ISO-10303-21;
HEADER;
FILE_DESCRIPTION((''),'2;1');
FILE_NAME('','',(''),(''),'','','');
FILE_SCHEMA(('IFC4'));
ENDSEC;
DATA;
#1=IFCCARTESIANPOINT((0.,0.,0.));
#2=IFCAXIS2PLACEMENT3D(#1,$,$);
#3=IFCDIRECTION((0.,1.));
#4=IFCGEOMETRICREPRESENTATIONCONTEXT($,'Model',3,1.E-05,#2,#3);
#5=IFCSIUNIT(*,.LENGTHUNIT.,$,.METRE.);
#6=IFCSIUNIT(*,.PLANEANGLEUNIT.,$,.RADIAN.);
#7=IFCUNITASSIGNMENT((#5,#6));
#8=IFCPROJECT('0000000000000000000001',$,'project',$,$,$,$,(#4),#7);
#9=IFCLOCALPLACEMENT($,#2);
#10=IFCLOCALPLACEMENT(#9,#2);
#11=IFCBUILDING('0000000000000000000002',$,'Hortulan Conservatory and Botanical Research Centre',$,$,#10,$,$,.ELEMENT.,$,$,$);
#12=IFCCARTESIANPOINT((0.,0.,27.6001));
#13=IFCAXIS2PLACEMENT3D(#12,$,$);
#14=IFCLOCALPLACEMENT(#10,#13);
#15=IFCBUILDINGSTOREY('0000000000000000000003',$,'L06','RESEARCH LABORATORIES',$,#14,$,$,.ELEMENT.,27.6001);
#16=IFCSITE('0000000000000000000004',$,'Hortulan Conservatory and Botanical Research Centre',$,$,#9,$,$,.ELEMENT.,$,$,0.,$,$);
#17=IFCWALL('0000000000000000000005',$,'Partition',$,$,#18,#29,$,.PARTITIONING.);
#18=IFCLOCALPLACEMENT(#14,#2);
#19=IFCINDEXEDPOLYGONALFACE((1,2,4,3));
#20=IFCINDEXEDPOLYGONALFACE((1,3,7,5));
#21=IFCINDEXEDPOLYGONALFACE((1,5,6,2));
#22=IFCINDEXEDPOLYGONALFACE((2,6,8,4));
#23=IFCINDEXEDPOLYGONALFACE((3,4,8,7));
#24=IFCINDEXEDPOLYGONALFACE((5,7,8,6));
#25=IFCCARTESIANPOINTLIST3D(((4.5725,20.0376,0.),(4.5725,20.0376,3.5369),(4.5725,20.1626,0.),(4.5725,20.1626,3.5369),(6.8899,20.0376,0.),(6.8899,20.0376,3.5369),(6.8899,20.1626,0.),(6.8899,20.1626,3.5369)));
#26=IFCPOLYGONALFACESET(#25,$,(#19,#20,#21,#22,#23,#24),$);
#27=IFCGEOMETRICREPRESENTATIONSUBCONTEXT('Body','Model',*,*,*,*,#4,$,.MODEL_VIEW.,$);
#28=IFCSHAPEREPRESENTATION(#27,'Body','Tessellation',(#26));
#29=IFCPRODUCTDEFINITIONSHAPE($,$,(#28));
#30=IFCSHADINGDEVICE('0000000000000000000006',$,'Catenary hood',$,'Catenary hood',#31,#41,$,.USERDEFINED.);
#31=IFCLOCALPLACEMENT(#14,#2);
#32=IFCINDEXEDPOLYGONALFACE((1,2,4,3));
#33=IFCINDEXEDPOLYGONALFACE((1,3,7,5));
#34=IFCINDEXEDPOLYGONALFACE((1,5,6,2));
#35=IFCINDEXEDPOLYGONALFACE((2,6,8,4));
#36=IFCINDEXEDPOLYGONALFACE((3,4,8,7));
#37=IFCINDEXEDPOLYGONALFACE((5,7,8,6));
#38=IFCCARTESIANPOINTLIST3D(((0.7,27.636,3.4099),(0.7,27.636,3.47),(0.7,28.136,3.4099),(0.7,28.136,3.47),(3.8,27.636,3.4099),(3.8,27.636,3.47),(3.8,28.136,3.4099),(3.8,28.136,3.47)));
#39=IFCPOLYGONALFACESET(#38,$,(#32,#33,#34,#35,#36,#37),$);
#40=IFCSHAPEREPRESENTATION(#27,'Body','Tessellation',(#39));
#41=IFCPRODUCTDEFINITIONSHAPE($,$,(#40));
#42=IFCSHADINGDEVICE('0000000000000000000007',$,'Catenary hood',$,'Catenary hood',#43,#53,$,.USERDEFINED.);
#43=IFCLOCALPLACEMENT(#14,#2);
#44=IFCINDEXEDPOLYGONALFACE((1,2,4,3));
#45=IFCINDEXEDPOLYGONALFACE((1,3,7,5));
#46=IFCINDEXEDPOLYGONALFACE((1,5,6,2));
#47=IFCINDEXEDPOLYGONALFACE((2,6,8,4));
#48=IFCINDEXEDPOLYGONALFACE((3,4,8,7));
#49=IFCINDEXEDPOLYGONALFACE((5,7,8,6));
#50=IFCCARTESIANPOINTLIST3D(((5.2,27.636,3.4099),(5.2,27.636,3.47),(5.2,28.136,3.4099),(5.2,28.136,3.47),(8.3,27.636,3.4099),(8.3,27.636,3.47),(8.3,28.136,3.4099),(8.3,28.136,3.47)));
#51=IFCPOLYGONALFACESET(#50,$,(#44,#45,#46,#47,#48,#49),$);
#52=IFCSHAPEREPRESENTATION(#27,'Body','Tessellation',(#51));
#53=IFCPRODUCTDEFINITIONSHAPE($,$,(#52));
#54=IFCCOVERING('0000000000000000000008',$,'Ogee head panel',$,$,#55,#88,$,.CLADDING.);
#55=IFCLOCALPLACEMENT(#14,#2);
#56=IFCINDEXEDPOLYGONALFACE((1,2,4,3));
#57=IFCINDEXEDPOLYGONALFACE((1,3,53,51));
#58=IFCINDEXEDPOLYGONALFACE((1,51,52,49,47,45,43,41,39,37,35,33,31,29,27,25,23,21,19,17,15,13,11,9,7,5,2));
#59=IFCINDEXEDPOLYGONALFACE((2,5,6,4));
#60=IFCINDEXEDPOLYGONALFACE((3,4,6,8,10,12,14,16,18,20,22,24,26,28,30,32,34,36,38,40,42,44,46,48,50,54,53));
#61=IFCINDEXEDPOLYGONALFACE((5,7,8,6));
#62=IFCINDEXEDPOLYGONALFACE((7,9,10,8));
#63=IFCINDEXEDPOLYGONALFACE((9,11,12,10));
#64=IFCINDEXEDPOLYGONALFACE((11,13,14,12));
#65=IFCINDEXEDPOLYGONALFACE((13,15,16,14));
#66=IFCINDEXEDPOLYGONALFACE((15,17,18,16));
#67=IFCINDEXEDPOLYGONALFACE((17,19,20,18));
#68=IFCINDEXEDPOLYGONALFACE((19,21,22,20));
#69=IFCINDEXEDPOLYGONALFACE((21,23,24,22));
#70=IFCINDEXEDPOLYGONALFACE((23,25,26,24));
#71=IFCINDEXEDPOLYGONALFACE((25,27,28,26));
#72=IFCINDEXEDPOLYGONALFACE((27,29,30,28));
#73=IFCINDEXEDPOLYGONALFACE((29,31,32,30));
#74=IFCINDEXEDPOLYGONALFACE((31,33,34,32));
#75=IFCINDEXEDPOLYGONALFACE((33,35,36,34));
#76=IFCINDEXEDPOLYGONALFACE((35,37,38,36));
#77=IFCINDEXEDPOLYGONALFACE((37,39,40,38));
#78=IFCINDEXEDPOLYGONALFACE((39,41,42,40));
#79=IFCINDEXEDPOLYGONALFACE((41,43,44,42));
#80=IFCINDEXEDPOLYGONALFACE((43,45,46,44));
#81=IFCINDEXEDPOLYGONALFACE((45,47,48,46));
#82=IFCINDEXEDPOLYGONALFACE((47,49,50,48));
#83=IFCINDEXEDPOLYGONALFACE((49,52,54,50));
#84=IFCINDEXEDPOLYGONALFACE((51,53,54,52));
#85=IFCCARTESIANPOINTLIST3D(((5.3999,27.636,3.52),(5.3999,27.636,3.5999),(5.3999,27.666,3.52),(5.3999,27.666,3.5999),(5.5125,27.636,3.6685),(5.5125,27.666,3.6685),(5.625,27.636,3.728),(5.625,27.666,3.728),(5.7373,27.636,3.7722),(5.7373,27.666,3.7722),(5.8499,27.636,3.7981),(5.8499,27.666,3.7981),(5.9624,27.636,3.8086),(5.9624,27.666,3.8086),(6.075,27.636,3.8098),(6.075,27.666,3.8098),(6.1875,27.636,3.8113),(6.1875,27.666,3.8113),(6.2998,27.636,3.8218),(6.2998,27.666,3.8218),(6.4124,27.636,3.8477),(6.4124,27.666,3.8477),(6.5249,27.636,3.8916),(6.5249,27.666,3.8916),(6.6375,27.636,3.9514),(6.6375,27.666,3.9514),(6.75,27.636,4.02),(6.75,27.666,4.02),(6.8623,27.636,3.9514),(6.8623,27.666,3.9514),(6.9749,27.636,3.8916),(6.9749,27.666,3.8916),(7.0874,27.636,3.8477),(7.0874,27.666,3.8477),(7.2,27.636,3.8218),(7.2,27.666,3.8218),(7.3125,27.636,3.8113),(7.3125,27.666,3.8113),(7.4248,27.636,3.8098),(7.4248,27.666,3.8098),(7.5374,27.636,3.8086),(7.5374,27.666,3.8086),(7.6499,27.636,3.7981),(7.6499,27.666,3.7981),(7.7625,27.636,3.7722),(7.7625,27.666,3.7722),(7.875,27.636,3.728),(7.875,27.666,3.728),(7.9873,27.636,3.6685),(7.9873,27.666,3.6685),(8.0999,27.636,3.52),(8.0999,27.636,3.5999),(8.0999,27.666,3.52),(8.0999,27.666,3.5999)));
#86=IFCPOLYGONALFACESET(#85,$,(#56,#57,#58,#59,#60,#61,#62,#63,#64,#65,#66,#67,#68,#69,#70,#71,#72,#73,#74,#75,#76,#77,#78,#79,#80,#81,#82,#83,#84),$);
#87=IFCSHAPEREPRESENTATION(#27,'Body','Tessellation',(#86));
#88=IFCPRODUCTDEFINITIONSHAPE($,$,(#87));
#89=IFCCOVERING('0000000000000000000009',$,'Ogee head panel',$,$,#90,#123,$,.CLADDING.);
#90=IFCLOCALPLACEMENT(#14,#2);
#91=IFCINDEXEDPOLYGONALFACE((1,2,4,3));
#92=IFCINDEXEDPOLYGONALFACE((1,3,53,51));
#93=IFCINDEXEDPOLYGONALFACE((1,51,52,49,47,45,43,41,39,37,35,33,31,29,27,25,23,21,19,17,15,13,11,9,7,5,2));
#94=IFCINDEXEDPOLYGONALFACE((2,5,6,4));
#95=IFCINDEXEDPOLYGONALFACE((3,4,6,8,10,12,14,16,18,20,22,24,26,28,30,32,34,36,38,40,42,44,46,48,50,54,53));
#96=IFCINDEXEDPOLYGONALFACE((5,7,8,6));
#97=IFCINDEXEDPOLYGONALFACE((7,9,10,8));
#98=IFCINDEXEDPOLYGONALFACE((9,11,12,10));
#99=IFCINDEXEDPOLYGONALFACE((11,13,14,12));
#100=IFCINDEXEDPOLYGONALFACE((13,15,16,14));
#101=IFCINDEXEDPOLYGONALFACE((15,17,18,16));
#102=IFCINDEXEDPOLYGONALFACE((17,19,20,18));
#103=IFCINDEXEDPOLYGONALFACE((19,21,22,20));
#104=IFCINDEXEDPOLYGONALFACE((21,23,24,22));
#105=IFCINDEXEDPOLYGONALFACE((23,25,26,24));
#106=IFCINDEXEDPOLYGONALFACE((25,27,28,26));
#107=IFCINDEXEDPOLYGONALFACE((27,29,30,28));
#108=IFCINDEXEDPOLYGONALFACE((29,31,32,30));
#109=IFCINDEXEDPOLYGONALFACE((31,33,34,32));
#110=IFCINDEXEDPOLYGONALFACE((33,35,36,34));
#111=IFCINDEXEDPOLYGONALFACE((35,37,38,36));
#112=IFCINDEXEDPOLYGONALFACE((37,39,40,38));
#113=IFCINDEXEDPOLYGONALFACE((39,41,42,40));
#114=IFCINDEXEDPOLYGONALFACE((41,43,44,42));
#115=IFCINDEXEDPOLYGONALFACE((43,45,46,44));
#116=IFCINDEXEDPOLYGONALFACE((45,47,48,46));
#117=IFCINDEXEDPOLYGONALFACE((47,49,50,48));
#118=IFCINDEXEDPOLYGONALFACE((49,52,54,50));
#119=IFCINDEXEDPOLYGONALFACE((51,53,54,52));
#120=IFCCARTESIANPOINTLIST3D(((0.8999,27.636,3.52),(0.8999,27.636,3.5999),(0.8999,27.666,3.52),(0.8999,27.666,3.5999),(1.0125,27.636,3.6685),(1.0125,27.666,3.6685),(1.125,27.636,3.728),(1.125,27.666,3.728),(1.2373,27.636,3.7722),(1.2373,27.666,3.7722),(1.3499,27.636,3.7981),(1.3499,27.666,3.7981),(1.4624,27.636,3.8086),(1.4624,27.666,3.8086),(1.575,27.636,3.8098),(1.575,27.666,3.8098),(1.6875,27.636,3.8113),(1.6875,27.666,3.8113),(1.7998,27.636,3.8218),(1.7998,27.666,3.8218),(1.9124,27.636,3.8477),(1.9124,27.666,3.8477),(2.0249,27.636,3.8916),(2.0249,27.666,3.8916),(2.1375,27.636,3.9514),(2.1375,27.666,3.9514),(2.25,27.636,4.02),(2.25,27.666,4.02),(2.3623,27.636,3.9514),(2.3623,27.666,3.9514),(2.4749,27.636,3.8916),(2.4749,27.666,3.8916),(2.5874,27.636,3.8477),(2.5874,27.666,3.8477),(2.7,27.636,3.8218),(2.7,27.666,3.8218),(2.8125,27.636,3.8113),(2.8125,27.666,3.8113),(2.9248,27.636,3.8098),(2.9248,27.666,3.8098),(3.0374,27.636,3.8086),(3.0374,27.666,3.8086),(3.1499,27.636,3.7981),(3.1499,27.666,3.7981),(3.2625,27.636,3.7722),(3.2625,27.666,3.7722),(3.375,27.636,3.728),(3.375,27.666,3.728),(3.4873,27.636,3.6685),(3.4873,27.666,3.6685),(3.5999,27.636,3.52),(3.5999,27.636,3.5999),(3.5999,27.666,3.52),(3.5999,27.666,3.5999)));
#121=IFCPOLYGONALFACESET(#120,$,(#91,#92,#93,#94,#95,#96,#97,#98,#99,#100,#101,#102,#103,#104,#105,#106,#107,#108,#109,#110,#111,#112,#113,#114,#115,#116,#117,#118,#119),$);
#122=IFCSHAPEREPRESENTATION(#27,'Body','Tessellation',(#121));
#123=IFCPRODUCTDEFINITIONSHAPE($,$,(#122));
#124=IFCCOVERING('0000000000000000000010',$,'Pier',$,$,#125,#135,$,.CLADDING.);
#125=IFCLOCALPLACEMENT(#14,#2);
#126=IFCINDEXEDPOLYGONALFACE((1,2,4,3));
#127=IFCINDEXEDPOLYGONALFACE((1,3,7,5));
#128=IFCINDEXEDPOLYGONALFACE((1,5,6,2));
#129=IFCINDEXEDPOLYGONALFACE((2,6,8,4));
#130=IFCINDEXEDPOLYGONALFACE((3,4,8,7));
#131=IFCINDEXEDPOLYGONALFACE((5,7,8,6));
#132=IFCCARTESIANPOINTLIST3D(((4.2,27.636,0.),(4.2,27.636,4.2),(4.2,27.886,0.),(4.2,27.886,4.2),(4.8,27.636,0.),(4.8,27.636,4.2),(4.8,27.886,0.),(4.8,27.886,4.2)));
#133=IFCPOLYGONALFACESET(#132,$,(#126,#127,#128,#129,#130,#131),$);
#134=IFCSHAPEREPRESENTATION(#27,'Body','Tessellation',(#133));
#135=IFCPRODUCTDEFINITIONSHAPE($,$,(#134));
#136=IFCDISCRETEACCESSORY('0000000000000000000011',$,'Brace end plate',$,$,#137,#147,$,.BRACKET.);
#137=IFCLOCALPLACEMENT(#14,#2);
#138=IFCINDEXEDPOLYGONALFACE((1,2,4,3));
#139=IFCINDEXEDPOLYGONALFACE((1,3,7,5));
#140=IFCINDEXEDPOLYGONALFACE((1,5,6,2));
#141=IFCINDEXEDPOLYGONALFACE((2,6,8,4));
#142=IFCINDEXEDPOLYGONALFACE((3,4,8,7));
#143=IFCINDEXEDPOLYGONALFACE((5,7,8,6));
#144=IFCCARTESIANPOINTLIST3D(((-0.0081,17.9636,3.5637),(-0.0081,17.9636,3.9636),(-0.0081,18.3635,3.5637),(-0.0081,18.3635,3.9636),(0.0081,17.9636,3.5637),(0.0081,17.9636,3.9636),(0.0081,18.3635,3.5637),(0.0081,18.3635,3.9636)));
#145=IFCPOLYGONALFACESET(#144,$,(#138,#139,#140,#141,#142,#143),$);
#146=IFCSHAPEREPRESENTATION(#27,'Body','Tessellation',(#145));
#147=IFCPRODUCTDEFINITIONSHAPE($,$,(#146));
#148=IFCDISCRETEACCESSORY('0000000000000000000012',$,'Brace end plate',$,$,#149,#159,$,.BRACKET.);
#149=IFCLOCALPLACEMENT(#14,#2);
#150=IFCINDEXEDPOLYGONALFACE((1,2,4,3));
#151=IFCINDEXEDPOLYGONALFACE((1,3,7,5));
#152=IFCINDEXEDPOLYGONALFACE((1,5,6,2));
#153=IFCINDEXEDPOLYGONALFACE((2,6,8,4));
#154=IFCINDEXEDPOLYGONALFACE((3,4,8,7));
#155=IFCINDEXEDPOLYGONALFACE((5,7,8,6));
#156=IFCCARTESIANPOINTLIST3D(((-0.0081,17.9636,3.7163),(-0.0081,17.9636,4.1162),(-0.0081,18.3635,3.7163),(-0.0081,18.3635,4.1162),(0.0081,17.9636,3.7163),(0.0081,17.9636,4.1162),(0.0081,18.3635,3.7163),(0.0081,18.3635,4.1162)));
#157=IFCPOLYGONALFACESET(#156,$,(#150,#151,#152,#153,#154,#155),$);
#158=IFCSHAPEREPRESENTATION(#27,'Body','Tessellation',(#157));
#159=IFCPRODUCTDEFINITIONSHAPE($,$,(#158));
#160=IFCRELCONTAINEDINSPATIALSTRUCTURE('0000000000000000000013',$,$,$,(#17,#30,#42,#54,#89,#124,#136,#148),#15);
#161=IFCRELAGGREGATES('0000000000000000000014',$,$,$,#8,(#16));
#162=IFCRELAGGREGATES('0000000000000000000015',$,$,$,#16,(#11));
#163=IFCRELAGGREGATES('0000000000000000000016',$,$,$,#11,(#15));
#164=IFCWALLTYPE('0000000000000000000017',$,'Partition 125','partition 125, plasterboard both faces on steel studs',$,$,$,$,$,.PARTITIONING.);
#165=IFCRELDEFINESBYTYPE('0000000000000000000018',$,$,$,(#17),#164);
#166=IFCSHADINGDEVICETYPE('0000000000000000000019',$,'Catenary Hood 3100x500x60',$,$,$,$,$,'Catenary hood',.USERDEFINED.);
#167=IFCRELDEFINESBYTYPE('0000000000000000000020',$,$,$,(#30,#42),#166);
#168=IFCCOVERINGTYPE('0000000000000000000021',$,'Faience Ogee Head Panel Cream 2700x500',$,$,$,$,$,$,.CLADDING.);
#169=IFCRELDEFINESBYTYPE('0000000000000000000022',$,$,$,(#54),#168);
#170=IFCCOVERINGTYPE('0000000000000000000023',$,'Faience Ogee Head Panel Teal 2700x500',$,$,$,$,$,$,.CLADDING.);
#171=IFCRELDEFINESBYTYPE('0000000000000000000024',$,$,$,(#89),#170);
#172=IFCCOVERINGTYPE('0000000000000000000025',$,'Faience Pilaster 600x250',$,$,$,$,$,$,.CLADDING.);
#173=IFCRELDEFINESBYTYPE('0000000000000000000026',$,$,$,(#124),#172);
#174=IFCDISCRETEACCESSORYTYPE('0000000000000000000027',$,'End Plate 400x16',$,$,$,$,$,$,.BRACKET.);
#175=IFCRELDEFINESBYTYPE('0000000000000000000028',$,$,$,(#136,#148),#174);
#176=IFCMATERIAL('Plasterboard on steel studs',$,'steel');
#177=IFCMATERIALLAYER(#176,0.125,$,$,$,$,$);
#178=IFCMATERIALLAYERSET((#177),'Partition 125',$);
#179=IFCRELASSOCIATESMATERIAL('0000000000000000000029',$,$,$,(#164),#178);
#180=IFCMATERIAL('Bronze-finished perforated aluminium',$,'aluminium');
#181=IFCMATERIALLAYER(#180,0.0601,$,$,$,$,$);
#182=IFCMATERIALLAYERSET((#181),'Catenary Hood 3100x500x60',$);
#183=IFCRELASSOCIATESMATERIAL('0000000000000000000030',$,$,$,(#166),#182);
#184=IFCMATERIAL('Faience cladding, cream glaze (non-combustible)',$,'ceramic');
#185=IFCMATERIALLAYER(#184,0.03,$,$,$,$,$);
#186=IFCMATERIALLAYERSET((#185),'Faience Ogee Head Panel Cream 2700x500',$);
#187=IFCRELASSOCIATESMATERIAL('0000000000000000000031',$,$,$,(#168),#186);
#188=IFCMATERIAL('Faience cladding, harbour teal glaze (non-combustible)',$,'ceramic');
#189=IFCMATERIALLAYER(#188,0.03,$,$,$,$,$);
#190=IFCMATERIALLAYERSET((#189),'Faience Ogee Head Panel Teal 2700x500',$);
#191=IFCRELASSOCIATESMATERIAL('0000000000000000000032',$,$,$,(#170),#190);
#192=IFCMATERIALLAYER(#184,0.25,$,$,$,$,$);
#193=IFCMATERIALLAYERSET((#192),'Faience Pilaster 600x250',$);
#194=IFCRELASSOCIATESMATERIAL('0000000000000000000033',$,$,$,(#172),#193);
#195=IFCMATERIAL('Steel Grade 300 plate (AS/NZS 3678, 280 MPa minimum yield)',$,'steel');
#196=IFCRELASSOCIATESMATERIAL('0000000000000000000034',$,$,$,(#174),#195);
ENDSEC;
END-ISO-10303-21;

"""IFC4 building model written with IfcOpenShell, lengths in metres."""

from ifc_helpers import new_model, si_unit, direction, frame, frame_2d, origin, origin_2d, place, context, subcontext, project, spatial, polyline, rectangle, outline, extrude, material, layer, layer_set, type_object, element, save


model = new_model("IFC4")

# Units and contexts
model_context = context("Model", 3, precision=1e-05, world=origin(), true_north=direction((0.0, 1.0)))
body_context = subcontext(model_context, "Body", "Model", "MODEL_VIEW")
ifc_project = project(units=[si_unit("LENGTHUNIT", "METRE"), si_unit("PLANEANGLEUNIT", "RADIAN")], contexts=[model_context])

# Site, building, storey
site_placement = place(None, origin())
site = spatial("IfcSite", under=ifc_project, at=site_placement, Name="Hortulan Conservatory and Botanical Research Centre", CompositionType="ELEMENT", RefElevation=0.0)
building_placement = place(site_placement, origin())
building = spatial("IfcBuilding", under=site, at=building_placement, Name="Hortulan Conservatory and Botanical Research Centre", CompositionType="ELEMENT")
storey_placement = place(building_placement, frame((0.0, 0.0, 27.6001)))
storey = spatial("IfcBuildingStorey", under=building, at=storey_placement, Name="L06", Description="RESEARCH LABORATORIES", CompositionType="ELEMENT", Elevation=27.6001)

# Shared definitions
ifc_material_1 = material(Name="Plasterboard on steel studs", Category="steel")

# Wall
ifc_layer_1 = layer(ifc_material_1, 0.125)
ifc_layer_set_1 = layer_set([ifc_layer_1], Name="Partition 125")
wall_type_1 = type_object("IfcWallType", Name="Partition 125", Description="partition 125, plasterboard both faces on steel studs", PredefinedType="PARTITIONING", material=ifc_layer_set_1)
wall_1_placement = place(storey_placement, frame((4.5725, 20.1001, 0.0), z_axis=(0.0, 0.0, 1.0), x_axis=(1.0, 0.0, 0.0)))
element("IfcWall", 1, at=wall_1_placement, inside=storey, type_object=wall_type_1, Name="Partition", PredefinedType="PARTITIONING", context=body_context, shape_type="SweptSolid", body=[
    extrude(rectangle(XDim=2.3174, YDim=0.125, at=frame_2d((1.1587, 0.0))), origin(), (0.0, 0.0, 1.0), 3.5369),
])

# Shading devices
ifc_material_2 = material(Name="Bronze-finished perforated aluminium", Category="aluminium")
ifc_layer_2 = layer(ifc_material_2, 0.0601)
ifc_layer_set_2 = layer_set([ifc_layer_2], Name="Catenary Hood 3100x500x60")
shading_device_type = type_object("IfcShadingDeviceType", Name="Catenary Hood 3100x500x60", ElementType="Catenary hood", PredefinedType="USERDEFINED", material=ifc_layer_set_2)
for number, where, z_axis, x_axis, name in (
    (2, (2.25, 27.886, 3.4099), (0.0, 0.0, 1.0), (1.0, 0.0, 0.0), "Catenary hood"),
    (3, (6.75, 27.886, 3.4099), (0.0, 0.0, 1.0), (1.0, 0.0, 0.0), "Catenary hood"),
):
    element("IfcShadingDevice", number, at=place(storey_placement, frame(where, z_axis=z_axis, x_axis=x_axis)), inside=storey, type_object=shading_device_type, Name=name, ObjectType="Catenary hood", PredefinedType="USERDEFINED", context=body_context, shape_type="SweptSolid", body=[
        extrude(rectangle(XDim=3.1001, YDim=0.5, at=origin_2d()), origin(), (0.0, 0.0, 1.0), 0.0601),
    ])

# Coverings
ifc_material_3 = material(Name="Faience cladding, cream glaze (non-combustible)", Category="ceramic")
ifc_layer_3 = layer(ifc_material_3, 0.03)
ifc_layer_set_3 = layer_set([ifc_layer_3], Name="Faience Ogee Head Panel Cream 2700x500")
covering_type_1 = type_object("IfcCoveringType", Name="Faience Ogee Head Panel Cream 2700x500", PredefinedType="CLADDING", material=ifc_layer_set_3)
covering_1_placement = place(storey_placement, frame((5.3999, 27.6509, 3.52), z_axis=(0.0, 0.0, 1.0), x_axis=(1.0, 0.0, 0.0)))
element("IfcCovering", 4, at=covering_1_placement, inside=storey, type_object=covering_type_1, Name="Ogee head panel", PredefinedType="CLADDING", context=body_context, shape_type="SweptSolid", body=[
    extrude(outline(polyline([(0.0, 0.0), (2.7, 0.0), (2.7, 0.0798), (2.5874, 0.1484), (2.4751, 0.208), (2.3625, 0.2522), (2.25, 0.2781), (2.1375, 0.2886), (2.0249, 0.2898), (1.9126, 0.2913), (1.8, 0.3018), (1.6875, 0.3276), (1.575, 0.3716), (1.4624, 0.4314), (1.3501, 0.5), (1.2375, 0.4314), (1.125, 0.3716), (1.0125, 0.3276), (0.8999, 0.3018), (0.7876, 0.2913), (0.675, 0.2898), (0.5625, 0.2886), (0.45, 0.2781), (0.3374, 0.2522), (0.2251, 0.208), (0.1125, 0.1484), (0.0, 0.0798), (0.0, 0.0)])), frame((0.0, 0.0151, 0.0), z_axis=(0.0, -1.0, 0.0), x_axis=(1.0, 0.0, 0.0)), (0.0, 0.0, 1.0), 0.03),
])
ifc_material_4 = material(Name="Faience cladding, harbour teal glaze (non-combustible)", Category="ceramic")
ifc_layer_4 = layer(ifc_material_4, 0.03)
ifc_layer_set_4 = layer_set([ifc_layer_4], Name="Faience Ogee Head Panel Teal 2700x500")
covering_type_2 = type_object("IfcCoveringType", Name="Faience Ogee Head Panel Teal 2700x500", PredefinedType="CLADDING", material=ifc_layer_set_4)
covering_2_placement = place(storey_placement, frame((0.8999, 27.6509, 3.52), z_axis=(0.0, 0.0, 1.0), x_axis=(1.0, 0.0, 0.0)))
element("IfcCovering", 5, at=covering_2_placement, inside=storey, type_object=covering_type_2, Name="Ogee head panel", PredefinedType="CLADDING", context=body_context, shape_type="SweptSolid", body=[
    extrude(outline(polyline([(0.0, 0.0), (2.7, 0.0), (2.7, 0.0798), (2.5874, 0.1484), (2.4751, 0.208), (2.3625, 0.2522), (2.25, 0.2781), (2.1375, 0.2886), (2.0249, 0.2898), (1.9126, 0.2913), (1.8, 0.3018), (1.6875, 0.3276), (1.575, 0.3716), (1.4624, 0.4314), (1.3501, 0.5), (1.2375, 0.4314), (1.125, 0.3716), (1.0125, 0.3276), (0.8999, 0.3018), (0.7876, 0.2913), (0.675, 0.2898), (0.5625, 0.2886), (0.45, 0.2781), (0.3374, 0.2522), (0.2251, 0.208), (0.1125, 0.1484), (0.0, 0.0798), (0.0, 0.0)])), frame((0.0, 0.0151, 0.0), z_axis=(0.0, -1.0, 0.0), x_axis=(1.0, 0.0, 0.0)), (0.0, 0.0, 1.0), 0.03),
])
ifc_layer_5 = layer(ifc_material_3, 0.25)
ifc_layer_set_5 = layer_set([ifc_layer_5], Name="Faience Pilaster 600x250")
covering_type_3 = type_object("IfcCoveringType", Name="Faience Pilaster 600x250", PredefinedType="CLADDING", material=ifc_layer_set_5)
covering_3_placement = place(storey_placement, frame((4.5, 27.761, 0.0), z_axis=(0.0, 0.0, 1.0), x_axis=(1.0, 0.0, 0.0)))
element("IfcCovering", 6, at=covering_3_placement, inside=storey, type_object=covering_type_3, Name="Pier", PredefinedType="CLADDING", context=body_context, shape_type="SweptSolid", body=[
    extrude(rectangle(XDim=0.6001, YDim=0.25, at=origin_2d()), origin(), (0.0, 0.0, 1.0), 4.2),
])

# Discrete accessories
ifc_material_5 = material(Name="Steel Grade 300 plate (AS/NZS 3678, 280 MPa minimum yield)", Category="steel")
discrete_accessory_type = type_object("IfcDiscreteAccessoryType", Name="End Plate 400x16", PredefinedType="BRACKET", material=ifc_material_5)
for number, where, z_axis, x_axis, name in (
    (7, (0.0, 18.1636, 3.5637), (0.0, 0.0, 1.0), (0.0, -1.0, 0.0), "Brace end plate"),
    (8, (0.0, 18.1636, 3.7163), (0.0, 0.0, 1.0), (0.0, -1.0, 0.0), "Brace end plate"),
):
    element("IfcDiscreteAccessory", number, at=place(storey_placement, frame(where, z_axis=z_axis, x_axis=x_axis)), inside=storey, type_object=discrete_accessory_type, Name=name, PredefinedType="BRACKET", context=body_context, shape_type="SweptSolid", body=[
        extrude(rectangle(XDim=0.3999, YDim=0.0161, at=origin_2d()), origin(), (0.0, 0.0, 1.0), 0.3999),
    ])

save(model, "model.ifc")
